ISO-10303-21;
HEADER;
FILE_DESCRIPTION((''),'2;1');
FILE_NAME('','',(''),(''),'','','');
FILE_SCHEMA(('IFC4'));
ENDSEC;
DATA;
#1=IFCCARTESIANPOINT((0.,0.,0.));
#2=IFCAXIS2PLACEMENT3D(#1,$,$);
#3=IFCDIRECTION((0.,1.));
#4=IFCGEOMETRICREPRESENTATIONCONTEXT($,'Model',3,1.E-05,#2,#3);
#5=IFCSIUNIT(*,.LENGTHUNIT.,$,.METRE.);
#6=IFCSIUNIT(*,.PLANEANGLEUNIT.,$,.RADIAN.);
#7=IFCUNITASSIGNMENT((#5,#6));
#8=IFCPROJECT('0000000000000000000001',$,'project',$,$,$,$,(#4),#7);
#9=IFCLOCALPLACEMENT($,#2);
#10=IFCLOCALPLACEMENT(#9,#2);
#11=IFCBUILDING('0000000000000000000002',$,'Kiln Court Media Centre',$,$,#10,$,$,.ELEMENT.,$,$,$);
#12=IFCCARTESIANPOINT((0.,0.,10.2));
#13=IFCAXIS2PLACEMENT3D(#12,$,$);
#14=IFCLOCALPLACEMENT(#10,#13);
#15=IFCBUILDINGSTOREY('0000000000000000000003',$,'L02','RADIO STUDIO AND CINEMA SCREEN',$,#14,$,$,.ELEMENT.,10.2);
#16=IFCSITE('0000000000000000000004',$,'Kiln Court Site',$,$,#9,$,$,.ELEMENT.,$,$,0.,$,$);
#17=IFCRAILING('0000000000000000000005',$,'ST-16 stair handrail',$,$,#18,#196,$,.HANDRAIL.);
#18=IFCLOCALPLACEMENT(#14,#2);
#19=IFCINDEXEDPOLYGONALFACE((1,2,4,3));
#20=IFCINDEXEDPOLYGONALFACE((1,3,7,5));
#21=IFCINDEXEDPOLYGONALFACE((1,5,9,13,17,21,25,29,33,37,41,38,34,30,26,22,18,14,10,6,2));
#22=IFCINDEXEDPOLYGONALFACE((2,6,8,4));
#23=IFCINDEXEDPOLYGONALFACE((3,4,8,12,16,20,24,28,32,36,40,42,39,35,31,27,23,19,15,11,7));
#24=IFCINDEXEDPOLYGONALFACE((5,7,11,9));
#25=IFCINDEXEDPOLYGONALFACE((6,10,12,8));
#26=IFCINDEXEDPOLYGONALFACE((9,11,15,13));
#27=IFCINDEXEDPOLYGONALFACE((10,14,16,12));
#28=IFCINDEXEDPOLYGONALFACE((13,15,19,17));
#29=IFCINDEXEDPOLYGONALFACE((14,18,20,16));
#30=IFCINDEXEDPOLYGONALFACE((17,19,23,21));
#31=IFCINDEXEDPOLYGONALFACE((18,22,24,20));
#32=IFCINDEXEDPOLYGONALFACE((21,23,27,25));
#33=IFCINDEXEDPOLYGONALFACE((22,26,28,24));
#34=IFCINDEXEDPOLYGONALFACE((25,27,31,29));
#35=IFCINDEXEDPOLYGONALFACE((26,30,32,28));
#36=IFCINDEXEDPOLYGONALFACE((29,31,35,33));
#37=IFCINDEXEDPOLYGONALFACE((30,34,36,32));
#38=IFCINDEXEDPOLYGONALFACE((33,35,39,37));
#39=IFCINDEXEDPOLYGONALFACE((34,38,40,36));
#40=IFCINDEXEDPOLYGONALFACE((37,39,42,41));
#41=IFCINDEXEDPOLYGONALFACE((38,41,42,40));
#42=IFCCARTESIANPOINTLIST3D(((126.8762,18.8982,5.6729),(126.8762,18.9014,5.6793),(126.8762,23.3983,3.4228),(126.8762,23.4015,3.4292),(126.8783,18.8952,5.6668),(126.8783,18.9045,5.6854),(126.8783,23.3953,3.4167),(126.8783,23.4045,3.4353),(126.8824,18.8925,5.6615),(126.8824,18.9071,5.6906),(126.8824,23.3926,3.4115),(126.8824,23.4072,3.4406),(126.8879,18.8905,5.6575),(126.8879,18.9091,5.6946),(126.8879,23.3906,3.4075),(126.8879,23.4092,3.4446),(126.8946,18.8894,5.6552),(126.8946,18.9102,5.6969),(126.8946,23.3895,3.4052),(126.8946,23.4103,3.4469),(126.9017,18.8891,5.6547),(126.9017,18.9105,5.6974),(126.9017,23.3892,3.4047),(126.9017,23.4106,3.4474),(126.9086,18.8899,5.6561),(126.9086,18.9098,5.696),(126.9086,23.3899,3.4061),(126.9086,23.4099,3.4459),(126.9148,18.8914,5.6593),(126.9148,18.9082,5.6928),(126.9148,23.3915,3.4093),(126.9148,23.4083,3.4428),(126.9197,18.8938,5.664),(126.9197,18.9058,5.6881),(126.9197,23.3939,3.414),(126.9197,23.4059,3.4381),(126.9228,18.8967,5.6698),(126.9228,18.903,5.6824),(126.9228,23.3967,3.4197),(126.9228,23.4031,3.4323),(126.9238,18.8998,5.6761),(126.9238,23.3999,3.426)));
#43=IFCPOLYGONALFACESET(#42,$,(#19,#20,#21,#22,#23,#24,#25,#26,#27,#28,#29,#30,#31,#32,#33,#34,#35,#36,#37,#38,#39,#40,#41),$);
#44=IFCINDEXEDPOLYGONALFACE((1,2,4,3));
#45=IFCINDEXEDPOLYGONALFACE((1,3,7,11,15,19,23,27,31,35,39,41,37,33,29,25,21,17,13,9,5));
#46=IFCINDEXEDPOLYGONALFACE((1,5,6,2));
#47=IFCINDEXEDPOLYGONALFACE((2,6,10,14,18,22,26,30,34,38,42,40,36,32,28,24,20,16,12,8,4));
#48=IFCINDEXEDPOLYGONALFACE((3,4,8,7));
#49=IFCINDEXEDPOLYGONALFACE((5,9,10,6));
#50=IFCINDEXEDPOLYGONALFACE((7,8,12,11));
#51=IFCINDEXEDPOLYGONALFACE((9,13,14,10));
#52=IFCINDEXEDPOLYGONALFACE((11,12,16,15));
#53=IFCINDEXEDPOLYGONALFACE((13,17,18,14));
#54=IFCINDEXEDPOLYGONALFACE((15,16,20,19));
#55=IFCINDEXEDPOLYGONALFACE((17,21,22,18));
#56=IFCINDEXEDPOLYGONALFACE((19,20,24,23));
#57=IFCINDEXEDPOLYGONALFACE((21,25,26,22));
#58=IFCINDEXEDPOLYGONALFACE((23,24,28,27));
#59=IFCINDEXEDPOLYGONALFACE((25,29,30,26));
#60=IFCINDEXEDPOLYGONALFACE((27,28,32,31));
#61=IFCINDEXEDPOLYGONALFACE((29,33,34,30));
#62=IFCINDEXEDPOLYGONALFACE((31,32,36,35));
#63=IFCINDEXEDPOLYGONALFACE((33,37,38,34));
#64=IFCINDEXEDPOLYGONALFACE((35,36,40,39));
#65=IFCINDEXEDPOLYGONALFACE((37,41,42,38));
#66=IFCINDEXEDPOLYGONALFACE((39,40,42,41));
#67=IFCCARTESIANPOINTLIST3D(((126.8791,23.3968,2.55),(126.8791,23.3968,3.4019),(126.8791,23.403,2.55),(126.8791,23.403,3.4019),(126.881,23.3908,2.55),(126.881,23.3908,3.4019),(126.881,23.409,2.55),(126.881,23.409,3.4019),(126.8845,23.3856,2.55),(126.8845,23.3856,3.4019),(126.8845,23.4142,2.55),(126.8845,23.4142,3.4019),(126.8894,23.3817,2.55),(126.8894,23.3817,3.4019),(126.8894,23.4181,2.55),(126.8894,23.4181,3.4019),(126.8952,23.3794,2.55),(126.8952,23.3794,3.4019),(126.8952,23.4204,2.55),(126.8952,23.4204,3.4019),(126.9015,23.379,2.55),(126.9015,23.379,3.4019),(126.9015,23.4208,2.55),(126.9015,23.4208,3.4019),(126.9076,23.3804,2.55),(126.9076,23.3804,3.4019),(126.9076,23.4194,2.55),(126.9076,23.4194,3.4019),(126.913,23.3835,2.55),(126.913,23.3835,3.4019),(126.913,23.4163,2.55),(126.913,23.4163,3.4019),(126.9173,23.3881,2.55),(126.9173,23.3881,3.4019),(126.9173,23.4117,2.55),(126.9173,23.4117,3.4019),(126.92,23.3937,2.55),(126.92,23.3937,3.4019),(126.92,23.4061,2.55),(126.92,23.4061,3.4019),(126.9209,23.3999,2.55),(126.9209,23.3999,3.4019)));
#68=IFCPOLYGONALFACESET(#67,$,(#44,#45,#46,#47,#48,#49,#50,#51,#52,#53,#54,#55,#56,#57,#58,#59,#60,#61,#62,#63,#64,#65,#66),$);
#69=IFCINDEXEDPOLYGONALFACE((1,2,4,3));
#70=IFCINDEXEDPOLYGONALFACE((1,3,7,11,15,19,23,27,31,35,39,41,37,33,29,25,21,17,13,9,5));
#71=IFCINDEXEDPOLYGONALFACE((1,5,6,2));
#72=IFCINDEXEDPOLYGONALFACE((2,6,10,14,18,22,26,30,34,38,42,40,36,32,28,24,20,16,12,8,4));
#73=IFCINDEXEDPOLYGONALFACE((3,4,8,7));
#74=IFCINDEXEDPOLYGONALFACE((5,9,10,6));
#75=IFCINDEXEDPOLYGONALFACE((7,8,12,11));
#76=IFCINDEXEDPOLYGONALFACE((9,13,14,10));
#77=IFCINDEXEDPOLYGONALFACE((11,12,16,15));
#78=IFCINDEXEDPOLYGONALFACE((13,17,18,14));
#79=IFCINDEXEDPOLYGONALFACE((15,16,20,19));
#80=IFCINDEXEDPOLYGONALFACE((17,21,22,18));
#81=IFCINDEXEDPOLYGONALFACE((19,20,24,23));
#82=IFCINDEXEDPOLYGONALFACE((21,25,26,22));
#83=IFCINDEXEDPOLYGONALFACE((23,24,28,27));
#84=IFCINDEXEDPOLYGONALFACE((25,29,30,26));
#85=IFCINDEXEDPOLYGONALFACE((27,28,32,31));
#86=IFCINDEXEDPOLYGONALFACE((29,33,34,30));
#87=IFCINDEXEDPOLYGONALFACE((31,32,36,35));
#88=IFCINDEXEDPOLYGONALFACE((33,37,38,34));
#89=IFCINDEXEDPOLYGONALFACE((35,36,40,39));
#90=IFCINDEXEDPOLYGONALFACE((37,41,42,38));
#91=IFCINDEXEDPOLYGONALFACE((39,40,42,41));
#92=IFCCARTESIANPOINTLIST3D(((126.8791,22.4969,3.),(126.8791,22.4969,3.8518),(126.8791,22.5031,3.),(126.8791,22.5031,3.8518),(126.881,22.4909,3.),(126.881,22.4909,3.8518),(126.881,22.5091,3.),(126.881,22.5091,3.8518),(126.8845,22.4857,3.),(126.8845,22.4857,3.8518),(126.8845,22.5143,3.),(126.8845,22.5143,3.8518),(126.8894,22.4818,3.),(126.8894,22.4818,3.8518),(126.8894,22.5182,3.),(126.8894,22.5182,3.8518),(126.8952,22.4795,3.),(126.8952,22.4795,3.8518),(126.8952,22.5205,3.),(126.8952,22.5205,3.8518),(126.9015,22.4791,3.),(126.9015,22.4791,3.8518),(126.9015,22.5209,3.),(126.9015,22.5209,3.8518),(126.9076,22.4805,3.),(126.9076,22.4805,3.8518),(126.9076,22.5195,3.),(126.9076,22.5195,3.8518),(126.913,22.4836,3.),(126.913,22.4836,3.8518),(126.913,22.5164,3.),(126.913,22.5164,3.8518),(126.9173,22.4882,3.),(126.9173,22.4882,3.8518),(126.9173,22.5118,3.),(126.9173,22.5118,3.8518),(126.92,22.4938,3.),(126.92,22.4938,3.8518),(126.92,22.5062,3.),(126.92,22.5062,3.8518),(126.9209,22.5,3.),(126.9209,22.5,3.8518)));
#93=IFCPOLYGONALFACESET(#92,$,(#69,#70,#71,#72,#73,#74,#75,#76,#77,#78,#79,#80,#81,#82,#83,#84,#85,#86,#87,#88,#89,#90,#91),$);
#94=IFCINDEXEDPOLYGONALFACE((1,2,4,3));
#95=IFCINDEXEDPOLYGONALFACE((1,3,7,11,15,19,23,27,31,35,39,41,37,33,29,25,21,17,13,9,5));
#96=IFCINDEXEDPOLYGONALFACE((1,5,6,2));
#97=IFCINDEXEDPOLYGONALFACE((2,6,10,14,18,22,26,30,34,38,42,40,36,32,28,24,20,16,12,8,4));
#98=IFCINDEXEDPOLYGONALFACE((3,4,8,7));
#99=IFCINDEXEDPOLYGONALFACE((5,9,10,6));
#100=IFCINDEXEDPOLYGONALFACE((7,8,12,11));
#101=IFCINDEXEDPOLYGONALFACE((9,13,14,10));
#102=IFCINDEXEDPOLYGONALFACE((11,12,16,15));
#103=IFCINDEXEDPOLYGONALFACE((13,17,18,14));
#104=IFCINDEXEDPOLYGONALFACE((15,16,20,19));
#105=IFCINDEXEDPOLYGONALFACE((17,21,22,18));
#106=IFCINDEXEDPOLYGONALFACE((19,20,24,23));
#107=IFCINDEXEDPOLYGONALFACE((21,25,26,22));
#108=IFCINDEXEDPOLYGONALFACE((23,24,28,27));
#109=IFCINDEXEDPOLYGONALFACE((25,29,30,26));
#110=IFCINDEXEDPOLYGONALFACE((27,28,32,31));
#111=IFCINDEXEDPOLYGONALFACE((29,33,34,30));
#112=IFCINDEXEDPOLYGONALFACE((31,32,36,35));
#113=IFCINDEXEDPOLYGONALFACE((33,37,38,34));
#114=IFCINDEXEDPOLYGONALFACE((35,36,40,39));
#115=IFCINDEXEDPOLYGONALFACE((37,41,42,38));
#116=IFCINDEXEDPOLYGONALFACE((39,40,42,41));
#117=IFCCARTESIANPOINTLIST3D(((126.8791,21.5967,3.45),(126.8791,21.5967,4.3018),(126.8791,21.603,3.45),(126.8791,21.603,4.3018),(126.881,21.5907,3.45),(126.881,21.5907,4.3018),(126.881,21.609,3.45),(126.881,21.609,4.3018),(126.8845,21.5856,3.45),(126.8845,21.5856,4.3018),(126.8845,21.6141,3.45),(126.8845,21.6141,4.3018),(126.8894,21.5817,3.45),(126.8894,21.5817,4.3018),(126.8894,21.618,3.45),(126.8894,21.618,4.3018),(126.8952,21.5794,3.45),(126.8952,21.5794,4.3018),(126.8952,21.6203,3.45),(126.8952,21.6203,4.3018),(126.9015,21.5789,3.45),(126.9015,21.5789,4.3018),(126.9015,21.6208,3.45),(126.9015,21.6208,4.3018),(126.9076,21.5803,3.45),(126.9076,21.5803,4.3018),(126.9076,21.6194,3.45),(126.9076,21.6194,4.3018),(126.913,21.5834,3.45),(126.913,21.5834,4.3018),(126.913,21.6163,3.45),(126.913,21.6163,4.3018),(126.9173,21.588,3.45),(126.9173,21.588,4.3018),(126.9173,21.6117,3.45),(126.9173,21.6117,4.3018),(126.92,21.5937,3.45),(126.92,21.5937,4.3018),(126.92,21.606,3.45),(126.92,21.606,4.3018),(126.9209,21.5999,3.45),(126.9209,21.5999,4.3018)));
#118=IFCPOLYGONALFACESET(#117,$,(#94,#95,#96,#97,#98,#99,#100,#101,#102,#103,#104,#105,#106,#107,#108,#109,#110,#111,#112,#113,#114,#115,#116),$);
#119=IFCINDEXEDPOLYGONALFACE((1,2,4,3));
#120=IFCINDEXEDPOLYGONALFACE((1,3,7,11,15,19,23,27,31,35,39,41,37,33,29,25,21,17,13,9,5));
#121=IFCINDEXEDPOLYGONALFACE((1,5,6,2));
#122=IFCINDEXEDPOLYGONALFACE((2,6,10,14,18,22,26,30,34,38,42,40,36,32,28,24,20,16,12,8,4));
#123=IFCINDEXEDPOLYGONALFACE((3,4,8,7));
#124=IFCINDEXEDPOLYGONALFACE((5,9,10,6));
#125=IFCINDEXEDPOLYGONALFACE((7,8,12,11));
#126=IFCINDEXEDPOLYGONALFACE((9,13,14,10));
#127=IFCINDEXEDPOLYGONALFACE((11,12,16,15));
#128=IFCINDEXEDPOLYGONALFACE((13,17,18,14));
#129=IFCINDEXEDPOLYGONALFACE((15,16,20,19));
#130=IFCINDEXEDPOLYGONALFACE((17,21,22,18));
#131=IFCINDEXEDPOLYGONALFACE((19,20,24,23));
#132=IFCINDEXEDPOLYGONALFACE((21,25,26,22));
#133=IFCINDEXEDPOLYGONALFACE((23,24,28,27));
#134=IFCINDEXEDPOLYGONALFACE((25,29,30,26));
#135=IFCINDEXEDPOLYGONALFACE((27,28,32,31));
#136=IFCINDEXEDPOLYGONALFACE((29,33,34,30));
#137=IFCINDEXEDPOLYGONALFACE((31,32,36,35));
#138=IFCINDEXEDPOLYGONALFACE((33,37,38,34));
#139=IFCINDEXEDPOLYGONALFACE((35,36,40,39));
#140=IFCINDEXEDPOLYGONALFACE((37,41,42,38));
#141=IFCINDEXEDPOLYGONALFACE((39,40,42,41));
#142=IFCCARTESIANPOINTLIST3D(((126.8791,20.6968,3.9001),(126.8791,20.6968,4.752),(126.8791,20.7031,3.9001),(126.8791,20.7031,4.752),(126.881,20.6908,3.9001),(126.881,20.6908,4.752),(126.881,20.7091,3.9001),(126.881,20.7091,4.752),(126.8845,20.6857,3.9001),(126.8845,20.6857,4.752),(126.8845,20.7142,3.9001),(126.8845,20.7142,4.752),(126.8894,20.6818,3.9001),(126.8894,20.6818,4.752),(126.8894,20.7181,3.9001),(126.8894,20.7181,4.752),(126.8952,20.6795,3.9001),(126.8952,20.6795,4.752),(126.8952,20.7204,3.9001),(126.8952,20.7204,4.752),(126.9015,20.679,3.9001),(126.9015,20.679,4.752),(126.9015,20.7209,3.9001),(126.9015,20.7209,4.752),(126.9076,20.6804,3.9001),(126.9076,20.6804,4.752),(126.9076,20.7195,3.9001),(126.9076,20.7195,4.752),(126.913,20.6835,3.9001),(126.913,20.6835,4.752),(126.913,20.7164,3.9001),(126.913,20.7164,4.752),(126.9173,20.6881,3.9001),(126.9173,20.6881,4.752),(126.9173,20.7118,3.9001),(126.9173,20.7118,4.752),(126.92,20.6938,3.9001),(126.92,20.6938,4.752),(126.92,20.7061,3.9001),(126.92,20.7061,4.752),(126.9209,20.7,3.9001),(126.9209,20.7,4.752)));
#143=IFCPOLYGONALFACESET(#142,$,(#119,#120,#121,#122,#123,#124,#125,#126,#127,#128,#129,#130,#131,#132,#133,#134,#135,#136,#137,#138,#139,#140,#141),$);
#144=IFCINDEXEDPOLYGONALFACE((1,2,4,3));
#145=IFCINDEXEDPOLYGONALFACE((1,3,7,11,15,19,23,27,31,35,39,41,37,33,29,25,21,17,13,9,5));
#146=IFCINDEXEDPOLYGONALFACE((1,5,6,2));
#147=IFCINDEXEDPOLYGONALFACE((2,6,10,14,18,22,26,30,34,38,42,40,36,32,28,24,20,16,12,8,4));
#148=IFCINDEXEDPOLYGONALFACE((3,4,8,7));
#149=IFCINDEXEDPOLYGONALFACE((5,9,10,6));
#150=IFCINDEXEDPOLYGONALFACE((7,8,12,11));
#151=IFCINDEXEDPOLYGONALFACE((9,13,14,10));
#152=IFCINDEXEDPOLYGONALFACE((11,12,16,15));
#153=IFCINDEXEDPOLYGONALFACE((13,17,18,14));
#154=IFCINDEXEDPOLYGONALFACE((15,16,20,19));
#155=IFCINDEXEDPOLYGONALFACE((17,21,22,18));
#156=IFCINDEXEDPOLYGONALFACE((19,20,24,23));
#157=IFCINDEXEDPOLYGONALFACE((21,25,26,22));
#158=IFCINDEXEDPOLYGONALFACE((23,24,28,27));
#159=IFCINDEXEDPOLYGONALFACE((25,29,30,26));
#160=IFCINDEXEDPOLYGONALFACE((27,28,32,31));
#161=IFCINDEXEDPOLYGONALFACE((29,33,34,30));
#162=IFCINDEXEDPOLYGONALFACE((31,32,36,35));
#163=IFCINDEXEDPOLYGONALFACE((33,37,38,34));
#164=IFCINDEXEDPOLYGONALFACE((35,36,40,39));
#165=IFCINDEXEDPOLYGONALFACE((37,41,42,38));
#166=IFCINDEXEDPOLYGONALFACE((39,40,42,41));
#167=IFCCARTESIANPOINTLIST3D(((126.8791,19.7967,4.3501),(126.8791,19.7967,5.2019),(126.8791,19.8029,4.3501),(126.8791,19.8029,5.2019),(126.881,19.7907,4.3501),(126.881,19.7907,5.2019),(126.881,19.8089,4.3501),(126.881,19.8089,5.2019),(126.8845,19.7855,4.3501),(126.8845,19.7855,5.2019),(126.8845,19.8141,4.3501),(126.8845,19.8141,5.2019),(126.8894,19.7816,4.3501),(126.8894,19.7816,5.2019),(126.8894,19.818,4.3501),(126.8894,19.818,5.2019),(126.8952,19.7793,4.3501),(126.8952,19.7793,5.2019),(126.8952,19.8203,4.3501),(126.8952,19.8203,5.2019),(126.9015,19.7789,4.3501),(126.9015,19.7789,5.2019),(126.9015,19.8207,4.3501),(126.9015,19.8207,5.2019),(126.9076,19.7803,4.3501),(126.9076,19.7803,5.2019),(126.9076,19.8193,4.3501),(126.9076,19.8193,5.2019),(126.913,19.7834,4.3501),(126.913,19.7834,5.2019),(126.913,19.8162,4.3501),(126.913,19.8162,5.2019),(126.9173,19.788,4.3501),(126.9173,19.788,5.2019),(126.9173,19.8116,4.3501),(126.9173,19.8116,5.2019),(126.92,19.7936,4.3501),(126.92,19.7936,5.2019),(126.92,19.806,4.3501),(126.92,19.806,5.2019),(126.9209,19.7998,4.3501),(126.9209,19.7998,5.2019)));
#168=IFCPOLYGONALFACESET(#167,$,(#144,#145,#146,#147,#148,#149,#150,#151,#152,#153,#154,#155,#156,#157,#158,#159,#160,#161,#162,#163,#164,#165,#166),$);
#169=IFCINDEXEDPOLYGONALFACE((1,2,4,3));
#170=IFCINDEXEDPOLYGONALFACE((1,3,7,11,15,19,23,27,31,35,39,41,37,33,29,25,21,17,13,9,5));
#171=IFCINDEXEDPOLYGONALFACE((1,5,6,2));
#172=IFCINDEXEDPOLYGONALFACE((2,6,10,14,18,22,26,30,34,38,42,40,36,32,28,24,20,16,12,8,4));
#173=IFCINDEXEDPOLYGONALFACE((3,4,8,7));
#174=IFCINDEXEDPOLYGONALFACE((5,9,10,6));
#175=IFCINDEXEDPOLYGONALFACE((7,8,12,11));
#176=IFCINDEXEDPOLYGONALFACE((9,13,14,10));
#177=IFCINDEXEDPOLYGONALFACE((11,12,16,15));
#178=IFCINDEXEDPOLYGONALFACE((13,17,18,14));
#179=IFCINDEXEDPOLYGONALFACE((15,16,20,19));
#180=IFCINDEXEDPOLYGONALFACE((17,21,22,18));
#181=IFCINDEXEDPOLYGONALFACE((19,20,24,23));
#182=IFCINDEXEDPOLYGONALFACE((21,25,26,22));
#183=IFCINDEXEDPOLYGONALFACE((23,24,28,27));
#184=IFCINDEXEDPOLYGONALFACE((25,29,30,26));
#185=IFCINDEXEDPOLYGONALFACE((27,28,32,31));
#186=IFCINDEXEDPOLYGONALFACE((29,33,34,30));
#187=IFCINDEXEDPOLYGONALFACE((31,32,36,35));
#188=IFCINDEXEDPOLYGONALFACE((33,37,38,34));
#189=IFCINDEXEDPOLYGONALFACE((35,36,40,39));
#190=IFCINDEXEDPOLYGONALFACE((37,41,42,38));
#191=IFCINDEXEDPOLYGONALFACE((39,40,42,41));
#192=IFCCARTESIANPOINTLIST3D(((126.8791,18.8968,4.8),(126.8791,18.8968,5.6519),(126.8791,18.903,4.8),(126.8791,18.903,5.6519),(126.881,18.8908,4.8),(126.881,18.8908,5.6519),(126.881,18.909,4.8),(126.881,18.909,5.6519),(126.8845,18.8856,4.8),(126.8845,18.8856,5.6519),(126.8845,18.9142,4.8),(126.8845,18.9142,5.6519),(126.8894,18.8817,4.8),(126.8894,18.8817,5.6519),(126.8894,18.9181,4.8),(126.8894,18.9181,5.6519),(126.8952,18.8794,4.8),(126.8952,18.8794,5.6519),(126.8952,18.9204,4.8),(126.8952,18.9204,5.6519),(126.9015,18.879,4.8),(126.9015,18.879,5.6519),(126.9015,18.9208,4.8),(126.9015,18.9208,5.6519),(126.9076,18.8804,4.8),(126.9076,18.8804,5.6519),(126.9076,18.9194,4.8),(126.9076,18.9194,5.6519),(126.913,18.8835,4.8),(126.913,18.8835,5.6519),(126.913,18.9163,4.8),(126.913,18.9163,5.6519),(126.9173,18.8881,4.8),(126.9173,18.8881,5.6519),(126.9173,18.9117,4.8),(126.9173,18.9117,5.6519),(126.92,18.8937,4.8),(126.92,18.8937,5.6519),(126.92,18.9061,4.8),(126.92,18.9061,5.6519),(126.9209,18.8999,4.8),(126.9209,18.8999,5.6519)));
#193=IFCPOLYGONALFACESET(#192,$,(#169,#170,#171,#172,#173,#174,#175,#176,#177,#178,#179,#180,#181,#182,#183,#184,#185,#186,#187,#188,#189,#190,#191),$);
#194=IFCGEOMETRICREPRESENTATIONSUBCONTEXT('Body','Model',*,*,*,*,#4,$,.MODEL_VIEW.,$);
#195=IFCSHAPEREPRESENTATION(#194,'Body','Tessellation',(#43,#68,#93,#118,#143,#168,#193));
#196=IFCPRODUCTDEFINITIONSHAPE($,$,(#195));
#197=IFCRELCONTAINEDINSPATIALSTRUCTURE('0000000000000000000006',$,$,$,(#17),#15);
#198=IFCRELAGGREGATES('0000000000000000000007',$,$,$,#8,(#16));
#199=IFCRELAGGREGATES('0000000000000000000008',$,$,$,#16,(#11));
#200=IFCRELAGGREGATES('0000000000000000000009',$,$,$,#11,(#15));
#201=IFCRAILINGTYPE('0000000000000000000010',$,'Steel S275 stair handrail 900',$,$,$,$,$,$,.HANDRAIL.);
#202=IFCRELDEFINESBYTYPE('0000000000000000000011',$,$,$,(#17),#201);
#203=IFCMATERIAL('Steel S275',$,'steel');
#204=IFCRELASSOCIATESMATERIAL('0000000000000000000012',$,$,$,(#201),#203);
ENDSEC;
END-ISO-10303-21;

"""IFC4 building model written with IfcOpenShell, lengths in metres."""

from ifc_helpers import new_model, si_unit, direction, frame, origin, origin_2d, place, context, subcontext, project, spatial, circle, extrude, material, type_object, element, save


model = new_model("IFC4")

# Units and contexts
model_context = context("Model", 3, precision=1e-05, world=origin(), true_north=direction((0.0, 1.0)))
body_context = subcontext(model_context, "Body", "Model", "MODEL_VIEW")
ifc_project = project(units=[si_unit("LENGTHUNIT", "METRE"), si_unit("PLANEANGLEUNIT", "RADIAN")], contexts=[model_context])

# Site, building, storey
site_placement = place(None, origin())
site = spatial("IfcSite", under=ifc_project, at=site_placement, Name="Kiln Court Site", CompositionType="ELEMENT", RefElevation=0.0)
building_placement = place(site_placement, origin())
building = spatial("IfcBuilding", under=site, at=building_placement, Name="Kiln Court Media Centre", CompositionType="ELEMENT")
storey_placement = place(building_placement, frame((0.0, 0.0, 10.2)))
storey = spatial("IfcBuildingStorey", under=building, at=storey_placement, Name="L02", Description="RADIO STUDIO AND CINEMA SCREEN", CompositionType="ELEMENT", Elevation=10.2)

# Railing
ifc_material_1 = material(Name="Steel S275", Category="steel")
railing_type_1 = type_object("IfcRailingType", Name="Steel S275 stair handrail 900", PredefinedType="HANDRAIL", material=ifc_material_1)
railing_1_placement = place(storey_placement, frame((126.8999, 23.3999, 2.55)))
element("IfcRailing", 1, at=railing_1_placement, inside=storey, type_object=railing_type_1, Name="ST-16 stair handrail", PredefinedType="HANDRAIL", context=body_context, shape_type="SweptSolid", body=[
    extrude(circle(Radius=0.0239, at=origin_2d()), frame((0.0, 0.0, 0.876), z_axis=(0.0, -0.894427, 0.447214), x_axis=(1.0, 0.0, 0.0)), (0.0, 0.0, 1.0), 5.0312),
    extrude(circle(Radius=0.021, at=origin_2d()), origin(), (0.0, 0.0, 1.0), 0.8518),
    extrude(circle(Radius=0.021, at=origin_2d()), frame((0.0, -0.8999, 0.45)), (0.0, 0.0, 1.0), 0.8518),
    extrude(circle(Radius=0.021, at=origin_2d()), frame((0.0, -1.8, 0.8999)), (0.0, 0.0, 1.0), 0.8518),
    extrude(circle(Radius=0.021, at=origin_2d()), frame((0.0, -2.7, 1.3501)), (0.0, 0.0, 1.0), 0.8518),
    extrude(circle(Radius=0.021, at=origin_2d()), frame((0.0, -3.6001, 1.8)), (0.0, 0.0, 1.0), 0.8518),
    extrude(circle(Radius=0.021, at=origin_2d()), frame((0.0, -4.5, 2.25)), (0.0, 0.0, 1.0), 0.8518),
])

save(model, "model.ifc")
